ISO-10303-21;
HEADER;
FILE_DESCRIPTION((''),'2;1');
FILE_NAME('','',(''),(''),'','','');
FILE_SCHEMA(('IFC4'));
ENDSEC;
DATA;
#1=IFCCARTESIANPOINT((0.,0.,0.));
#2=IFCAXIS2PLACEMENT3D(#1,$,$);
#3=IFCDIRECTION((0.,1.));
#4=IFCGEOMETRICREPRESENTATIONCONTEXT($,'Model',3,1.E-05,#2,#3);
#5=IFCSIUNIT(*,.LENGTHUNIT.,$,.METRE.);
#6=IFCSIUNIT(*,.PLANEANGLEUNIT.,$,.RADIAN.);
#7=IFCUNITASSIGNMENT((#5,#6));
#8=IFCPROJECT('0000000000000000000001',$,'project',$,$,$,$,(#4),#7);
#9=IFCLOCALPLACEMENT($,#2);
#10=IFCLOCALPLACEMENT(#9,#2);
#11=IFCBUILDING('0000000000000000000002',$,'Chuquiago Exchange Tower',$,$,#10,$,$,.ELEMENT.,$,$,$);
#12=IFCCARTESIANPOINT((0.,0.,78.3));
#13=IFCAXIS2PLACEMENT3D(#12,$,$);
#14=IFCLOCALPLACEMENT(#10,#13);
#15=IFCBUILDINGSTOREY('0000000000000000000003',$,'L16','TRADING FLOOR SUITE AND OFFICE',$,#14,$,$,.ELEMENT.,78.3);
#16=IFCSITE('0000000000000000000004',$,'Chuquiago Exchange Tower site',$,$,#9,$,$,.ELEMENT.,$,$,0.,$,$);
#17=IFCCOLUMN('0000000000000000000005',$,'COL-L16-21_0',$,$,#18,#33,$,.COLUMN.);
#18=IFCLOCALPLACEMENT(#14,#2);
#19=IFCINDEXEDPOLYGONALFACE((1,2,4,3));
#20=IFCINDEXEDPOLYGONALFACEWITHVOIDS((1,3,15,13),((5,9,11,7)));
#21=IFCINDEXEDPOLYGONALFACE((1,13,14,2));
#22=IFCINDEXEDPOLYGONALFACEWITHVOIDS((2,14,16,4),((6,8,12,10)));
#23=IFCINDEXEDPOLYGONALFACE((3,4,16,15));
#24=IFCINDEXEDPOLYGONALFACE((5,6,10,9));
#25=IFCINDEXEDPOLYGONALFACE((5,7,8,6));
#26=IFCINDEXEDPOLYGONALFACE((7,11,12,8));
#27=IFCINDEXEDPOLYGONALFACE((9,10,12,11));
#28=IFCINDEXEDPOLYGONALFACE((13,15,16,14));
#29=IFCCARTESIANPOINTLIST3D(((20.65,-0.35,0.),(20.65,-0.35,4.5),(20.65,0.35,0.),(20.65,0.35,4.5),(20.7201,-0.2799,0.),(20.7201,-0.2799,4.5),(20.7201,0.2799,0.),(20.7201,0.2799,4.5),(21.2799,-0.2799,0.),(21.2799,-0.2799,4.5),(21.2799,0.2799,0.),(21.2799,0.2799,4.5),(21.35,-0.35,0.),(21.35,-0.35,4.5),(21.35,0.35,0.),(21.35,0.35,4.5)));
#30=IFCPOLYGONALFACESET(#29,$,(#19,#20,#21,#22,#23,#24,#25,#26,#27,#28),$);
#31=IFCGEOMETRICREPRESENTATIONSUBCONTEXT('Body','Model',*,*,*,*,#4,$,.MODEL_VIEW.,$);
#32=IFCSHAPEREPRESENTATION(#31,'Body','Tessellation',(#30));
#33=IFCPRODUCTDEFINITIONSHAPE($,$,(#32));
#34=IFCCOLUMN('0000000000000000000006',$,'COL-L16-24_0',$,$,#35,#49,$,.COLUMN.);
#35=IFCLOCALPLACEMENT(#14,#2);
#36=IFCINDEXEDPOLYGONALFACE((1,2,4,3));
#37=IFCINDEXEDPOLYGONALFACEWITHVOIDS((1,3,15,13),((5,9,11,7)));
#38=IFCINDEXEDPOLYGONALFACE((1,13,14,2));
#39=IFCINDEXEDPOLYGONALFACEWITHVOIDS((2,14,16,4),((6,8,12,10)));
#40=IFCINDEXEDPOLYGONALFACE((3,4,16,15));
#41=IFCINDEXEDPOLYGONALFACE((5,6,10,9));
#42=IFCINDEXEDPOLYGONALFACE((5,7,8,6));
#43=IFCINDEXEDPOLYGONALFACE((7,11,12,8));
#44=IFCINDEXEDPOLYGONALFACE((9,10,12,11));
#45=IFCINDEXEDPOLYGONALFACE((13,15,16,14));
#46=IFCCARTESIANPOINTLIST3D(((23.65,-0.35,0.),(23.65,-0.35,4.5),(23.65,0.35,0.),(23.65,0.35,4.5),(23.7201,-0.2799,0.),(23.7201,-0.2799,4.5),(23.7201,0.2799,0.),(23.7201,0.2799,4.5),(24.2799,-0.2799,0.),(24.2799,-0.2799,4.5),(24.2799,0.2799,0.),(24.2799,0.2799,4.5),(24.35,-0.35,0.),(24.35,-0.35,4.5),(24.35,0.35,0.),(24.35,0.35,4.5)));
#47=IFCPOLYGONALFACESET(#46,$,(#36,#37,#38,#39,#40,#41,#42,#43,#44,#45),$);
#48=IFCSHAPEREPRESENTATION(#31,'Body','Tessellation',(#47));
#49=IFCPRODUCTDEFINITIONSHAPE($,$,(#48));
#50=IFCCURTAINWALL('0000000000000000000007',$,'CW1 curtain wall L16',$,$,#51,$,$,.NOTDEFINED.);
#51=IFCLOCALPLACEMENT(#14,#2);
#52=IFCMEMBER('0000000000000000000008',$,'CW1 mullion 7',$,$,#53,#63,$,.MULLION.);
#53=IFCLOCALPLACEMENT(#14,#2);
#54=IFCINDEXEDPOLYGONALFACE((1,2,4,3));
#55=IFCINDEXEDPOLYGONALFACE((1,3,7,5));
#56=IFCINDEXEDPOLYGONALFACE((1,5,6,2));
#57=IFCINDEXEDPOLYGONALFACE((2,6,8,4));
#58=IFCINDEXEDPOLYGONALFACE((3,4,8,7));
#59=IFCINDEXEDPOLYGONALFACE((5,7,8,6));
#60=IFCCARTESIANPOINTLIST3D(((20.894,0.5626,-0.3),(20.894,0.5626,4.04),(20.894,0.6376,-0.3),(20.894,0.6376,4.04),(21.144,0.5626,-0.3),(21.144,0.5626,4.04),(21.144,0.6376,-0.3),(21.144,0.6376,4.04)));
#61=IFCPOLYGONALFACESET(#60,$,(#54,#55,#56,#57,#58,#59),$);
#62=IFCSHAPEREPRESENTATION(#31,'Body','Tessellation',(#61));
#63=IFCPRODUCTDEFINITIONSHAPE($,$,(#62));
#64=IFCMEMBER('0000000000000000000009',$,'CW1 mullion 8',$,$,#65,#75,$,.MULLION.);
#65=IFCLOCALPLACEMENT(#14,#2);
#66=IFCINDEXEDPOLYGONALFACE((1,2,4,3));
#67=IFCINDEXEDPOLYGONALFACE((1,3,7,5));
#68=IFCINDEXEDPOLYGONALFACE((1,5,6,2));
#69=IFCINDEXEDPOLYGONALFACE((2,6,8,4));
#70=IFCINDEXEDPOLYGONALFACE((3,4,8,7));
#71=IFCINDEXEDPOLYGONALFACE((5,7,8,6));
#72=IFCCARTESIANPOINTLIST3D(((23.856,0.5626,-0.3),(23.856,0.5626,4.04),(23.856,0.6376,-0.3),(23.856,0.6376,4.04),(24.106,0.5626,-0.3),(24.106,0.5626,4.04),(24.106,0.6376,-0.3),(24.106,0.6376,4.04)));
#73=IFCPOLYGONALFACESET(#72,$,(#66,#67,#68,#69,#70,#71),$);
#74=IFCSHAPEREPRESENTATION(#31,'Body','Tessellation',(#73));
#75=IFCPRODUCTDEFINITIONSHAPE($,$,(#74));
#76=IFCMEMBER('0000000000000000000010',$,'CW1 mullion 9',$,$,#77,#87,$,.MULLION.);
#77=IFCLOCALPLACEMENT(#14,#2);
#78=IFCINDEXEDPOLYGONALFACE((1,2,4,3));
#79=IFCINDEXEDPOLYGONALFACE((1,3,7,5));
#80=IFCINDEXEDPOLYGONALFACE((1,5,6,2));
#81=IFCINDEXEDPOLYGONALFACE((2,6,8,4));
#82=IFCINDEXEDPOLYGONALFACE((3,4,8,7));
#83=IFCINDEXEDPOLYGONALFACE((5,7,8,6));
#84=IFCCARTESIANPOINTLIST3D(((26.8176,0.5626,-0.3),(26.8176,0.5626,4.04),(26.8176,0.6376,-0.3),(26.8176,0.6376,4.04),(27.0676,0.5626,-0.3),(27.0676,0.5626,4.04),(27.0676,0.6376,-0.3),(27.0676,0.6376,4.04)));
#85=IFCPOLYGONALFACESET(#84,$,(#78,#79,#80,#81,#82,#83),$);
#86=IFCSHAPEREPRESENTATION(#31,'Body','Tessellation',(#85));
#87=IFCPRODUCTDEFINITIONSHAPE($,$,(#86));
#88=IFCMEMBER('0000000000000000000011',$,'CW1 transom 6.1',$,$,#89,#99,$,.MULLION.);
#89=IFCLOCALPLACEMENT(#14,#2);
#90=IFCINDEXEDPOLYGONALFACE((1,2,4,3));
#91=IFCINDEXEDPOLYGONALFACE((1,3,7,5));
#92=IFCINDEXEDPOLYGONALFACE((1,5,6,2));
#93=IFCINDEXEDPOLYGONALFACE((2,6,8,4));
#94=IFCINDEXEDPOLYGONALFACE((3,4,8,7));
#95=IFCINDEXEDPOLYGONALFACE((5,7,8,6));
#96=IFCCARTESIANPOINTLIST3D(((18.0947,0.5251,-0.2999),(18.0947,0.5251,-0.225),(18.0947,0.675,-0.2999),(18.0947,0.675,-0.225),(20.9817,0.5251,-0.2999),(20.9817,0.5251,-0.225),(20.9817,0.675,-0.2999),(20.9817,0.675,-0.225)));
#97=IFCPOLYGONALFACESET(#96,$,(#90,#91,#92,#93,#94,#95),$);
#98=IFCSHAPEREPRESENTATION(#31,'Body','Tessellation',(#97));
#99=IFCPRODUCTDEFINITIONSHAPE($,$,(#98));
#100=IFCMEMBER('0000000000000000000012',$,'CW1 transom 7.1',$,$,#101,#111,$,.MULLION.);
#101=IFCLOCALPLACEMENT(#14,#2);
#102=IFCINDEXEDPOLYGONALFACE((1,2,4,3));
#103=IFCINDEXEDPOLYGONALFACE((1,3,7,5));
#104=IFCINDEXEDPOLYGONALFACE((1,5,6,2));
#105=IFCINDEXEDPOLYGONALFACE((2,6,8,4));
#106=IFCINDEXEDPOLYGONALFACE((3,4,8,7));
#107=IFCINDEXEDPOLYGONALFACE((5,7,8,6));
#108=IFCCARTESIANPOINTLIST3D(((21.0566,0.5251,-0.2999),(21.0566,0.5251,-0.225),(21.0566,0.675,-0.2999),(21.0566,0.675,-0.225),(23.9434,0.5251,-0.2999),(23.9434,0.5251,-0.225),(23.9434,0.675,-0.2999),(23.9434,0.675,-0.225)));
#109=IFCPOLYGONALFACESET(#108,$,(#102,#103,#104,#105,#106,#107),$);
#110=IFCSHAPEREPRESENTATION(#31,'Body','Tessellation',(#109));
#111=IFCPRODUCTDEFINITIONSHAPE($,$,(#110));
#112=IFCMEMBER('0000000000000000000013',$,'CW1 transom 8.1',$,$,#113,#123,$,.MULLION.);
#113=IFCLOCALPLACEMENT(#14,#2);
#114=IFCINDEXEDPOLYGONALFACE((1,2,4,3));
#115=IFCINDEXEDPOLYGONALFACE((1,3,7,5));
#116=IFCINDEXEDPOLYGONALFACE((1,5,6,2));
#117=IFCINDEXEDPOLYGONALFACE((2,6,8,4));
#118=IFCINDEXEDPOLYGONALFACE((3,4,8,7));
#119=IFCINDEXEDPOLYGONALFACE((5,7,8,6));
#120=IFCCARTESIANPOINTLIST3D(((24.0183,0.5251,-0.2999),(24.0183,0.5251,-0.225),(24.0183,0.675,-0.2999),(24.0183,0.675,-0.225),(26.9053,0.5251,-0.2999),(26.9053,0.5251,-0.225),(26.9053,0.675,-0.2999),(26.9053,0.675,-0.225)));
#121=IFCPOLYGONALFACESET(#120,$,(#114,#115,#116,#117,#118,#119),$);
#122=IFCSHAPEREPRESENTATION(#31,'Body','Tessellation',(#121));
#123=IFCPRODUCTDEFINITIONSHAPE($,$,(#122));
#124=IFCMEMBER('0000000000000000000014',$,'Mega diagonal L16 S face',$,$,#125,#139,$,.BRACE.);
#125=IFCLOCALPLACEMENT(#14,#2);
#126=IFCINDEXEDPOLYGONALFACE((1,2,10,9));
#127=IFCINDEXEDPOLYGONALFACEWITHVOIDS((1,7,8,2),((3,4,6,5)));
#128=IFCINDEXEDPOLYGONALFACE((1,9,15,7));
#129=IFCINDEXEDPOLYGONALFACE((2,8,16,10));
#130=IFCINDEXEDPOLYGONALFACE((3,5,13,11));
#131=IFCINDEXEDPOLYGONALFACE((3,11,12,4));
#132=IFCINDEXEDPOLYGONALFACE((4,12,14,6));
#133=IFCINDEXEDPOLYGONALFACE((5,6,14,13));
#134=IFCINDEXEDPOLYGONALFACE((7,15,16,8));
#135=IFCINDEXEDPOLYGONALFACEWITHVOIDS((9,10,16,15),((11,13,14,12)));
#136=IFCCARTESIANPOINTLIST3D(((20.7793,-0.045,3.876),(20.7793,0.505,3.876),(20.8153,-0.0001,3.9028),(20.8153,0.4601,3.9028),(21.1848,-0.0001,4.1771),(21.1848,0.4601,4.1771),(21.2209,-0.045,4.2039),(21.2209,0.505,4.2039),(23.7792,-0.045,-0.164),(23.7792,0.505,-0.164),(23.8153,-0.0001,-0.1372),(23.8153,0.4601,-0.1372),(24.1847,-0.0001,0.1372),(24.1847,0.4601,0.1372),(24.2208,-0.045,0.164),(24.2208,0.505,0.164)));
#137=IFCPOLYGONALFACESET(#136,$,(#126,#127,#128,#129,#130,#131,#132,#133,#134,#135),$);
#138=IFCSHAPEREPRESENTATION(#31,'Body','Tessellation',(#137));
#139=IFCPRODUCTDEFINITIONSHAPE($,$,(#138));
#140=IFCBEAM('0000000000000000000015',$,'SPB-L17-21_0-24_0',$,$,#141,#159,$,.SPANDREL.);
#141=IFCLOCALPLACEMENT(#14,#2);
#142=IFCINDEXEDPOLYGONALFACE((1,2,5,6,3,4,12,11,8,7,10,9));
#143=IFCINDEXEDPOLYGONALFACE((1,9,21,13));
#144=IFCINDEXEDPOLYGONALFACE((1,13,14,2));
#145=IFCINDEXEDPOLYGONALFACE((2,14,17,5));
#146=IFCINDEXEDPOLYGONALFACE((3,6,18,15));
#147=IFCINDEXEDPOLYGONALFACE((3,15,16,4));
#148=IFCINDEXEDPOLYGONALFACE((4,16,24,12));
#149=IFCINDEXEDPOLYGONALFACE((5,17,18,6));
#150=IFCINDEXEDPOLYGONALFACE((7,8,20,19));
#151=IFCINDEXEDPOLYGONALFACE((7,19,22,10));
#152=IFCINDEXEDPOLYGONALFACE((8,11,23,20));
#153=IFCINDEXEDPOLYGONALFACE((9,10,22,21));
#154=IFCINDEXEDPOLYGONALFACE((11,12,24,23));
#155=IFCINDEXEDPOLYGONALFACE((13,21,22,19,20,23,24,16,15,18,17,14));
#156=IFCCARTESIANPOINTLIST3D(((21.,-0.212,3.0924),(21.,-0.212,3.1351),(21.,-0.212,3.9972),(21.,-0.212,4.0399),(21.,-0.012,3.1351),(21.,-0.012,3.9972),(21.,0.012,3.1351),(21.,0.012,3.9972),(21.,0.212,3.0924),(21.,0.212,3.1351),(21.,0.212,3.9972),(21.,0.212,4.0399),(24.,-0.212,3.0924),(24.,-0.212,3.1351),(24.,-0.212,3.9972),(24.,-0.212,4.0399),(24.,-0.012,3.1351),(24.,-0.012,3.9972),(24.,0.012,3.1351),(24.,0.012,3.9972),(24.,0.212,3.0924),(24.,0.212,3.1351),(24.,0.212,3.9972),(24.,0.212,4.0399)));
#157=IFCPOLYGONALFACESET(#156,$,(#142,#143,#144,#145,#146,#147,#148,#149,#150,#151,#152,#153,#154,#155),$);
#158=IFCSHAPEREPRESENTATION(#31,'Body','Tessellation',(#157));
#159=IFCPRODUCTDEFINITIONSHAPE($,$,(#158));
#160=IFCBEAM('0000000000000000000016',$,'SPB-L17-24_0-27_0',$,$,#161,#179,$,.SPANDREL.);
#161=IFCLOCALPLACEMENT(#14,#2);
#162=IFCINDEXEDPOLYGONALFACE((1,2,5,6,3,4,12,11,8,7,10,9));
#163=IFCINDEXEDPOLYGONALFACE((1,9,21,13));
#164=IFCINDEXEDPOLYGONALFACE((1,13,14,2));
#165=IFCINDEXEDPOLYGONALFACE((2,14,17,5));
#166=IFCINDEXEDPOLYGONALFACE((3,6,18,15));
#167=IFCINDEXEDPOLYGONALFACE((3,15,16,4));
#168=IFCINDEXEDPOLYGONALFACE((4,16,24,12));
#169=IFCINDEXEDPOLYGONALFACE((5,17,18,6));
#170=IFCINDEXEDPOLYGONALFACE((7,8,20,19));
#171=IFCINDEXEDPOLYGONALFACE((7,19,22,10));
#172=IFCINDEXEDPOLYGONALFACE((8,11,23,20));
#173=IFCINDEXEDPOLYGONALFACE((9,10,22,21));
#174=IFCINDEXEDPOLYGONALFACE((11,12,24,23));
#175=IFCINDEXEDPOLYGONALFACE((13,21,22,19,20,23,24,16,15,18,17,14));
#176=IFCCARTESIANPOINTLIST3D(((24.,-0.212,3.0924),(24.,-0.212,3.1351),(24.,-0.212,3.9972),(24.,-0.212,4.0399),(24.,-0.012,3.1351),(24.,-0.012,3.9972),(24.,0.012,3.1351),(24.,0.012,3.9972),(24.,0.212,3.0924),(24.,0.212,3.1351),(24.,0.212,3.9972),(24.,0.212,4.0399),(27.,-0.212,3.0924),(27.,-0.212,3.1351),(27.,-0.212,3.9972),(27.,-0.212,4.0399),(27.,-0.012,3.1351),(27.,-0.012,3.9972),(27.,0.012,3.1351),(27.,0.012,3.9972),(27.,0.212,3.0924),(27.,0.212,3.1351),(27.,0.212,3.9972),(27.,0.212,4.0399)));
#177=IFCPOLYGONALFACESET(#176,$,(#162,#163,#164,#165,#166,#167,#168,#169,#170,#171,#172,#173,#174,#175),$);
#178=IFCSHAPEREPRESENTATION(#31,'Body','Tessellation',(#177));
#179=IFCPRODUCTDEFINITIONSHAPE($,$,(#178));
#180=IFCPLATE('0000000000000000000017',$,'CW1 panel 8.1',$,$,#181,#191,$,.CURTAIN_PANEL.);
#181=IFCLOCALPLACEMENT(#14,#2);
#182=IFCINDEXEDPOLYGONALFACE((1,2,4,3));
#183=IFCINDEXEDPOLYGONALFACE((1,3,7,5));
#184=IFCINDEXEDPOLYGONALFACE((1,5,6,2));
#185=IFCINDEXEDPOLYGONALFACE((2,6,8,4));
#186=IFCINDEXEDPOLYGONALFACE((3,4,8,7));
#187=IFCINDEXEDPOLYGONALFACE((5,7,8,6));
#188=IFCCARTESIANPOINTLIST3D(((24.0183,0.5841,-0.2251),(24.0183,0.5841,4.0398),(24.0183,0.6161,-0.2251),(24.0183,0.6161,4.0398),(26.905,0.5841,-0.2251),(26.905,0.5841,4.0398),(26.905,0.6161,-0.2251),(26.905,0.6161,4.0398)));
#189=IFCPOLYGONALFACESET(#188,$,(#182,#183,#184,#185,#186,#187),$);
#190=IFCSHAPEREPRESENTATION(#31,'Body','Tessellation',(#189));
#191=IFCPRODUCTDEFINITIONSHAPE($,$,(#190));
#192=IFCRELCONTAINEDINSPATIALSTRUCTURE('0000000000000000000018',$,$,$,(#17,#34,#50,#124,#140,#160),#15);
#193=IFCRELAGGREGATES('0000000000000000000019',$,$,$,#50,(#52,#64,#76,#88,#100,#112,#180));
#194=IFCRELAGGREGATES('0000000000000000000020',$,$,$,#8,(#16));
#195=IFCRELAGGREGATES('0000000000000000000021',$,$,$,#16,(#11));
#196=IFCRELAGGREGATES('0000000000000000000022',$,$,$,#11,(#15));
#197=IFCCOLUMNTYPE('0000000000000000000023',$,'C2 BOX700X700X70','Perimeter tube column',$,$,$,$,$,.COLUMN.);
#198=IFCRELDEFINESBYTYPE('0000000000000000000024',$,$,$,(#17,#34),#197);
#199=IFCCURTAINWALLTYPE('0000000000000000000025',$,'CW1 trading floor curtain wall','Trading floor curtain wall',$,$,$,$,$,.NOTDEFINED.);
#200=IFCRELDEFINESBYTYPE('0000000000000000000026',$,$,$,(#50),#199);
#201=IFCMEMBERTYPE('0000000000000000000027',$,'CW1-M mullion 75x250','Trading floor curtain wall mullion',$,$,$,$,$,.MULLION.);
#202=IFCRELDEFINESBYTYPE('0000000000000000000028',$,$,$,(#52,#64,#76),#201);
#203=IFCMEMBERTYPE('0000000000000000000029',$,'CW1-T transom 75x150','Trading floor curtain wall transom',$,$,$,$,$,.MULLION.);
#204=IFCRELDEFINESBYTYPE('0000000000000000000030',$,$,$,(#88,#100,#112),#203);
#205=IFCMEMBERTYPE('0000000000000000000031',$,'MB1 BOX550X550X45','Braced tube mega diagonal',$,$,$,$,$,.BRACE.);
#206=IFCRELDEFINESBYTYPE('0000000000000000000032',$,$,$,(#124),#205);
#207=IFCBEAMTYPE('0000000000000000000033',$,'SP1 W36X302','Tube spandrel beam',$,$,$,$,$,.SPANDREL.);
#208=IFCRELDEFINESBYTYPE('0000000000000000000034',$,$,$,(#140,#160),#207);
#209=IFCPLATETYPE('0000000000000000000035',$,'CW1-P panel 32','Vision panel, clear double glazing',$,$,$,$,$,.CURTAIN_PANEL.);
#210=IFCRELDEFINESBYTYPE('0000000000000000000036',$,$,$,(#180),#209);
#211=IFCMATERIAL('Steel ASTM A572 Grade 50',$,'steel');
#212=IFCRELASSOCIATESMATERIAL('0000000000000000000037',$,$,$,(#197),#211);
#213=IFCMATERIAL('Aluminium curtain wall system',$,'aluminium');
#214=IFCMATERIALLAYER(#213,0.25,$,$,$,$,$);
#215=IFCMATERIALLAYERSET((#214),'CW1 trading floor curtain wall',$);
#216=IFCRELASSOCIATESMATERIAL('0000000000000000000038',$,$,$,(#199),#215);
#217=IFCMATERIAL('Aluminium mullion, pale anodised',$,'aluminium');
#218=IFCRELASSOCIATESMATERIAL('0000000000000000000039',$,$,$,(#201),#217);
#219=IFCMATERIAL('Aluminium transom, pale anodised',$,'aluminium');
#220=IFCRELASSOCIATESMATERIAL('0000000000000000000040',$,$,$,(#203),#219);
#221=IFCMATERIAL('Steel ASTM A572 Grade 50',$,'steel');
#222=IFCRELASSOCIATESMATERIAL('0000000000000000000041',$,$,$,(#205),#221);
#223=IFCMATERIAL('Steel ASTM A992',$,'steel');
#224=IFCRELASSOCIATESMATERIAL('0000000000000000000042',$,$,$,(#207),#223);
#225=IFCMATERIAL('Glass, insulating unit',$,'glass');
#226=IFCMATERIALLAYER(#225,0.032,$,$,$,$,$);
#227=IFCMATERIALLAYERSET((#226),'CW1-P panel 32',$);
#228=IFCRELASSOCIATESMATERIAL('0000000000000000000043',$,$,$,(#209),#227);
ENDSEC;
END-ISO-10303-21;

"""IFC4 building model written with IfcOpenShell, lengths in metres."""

from ifc_helpers import new_model, si_unit, direction, frame, origin, origin_2d, place, context, subcontext, project, spatial, rectangle, hollow_rectangle, i_section, extrude, material, layer, layer_set, material_profile, profile_set, type_object, element, aggregate, save


model = new_model("IFC4")

# Units and contexts
model_context = context("Model", 3, precision=1e-05, world=origin(), true_north=direction((0.0, 1.0)))
body_context = subcontext(model_context, "Body", "Model", "MODEL_VIEW")
ifc_project = project(units=[si_unit("LENGTHUNIT", "METRE"), si_unit("PLANEANGLEUNIT", "RADIAN")], contexts=[model_context])

# Site, building, storey
site_placement = place(None, origin())
site = spatial("IfcSite", under=ifc_project, at=site_placement, Name="Chuquiago Exchange Tower site", CompositionType="ELEMENT", RefElevation=0.0)
building_placement = place(site_placement, origin())
building = spatial("IfcBuilding", under=site, at=building_placement, Name="Chuquiago Exchange Tower", CompositionType="ELEMENT")
storey_placement = place(building_placement, frame((0.0, 0.0, 78.3)))
storey = spatial("IfcBuildingStorey", under=building, at=storey_placement, Name="L16", Description="TRADING FLOOR SUITE AND OFFICE", CompositionType="ELEMENT", Elevation=78.3)

# Columns
ifc_material_1 = material(Name="Steel ASTM A572 Grade 50", Category="steel")
ifc_material_profile_1 = material_profile(ifc_material_1, hollow_rectangle(XDim=0.7, YDim=0.7, WallThickness=0.0701, at=origin_2d()), Name="BOX700X700X70")
ifc_profile_set_1 = profile_set([ifc_material_profile_1], Name="Steel ASTM A572 Grade 50")
column_type = type_object("IfcColumnType", Name="C2 BOX700X700X70", Description="Perimeter tube column", PredefinedType="COLUMN", material=ifc_profile_set_1)
for number, where, z_axis, x_axis, name in (
    (1, (21.0, 0.0, 0.0), (0.0, 0.0, 1.0), (0.0, -1.0, 0.0), "COL-L16-21_0"),
    (2, (24.0, 0.0, 0.0), (0.0, 0.0, 1.0), (0.0, -1.0, 0.0), "COL-L16-24_0"),
):
    element("IfcColumn", number, at=place(storey_placement, frame(where, z_axis=z_axis, x_axis=x_axis)), inside=storey, type_object=column_type, Name=name, PredefinedType="COLUMN", context=body_context, shape_type="SweptSolid", body=[
        extrude(hollow_rectangle(XDim=0.7, YDim=0.7, WallThickness=0.0701, at=origin_2d()), origin(), (0.0, 0.0, 1.0), 4.5),
    ])

# Curtain wall, members
ifc_material_2 = material(Name="Aluminium curtain wall system", Category="aluminium")
ifc_layer_1 = layer(ifc_material_2, 0.25)
ifc_layer_set_1 = layer_set([ifc_layer_1], Name="CW1 trading floor curtain wall")
curtain_wall_type = type_object("IfcCurtainWallType", Name="CW1 trading floor curtain wall", Description="Trading floor curtain wall", PredefinedType="NOTDEFINED", material=ifc_layer_set_1)
curtain_wall_placement = place(storey_placement, origin())
curtain_wall = element("IfcCurtainWall", 3, at=curtain_wall_placement, inside=storey, type_object=curtain_wall_type, Name="CW1 curtain wall L16", PredefinedType="NOTDEFINED")
ifc_material_3 = material(Name="Aluminium mullion, pale anodised", Category="aluminium")
ifc_material_profile_2 = material_profile(ifc_material_3, rectangle(XDim=0.075, YDim=0.25, at=origin_2d()), Name="AL 75x250")
ifc_profile_set_2 = profile_set([ifc_material_profile_2], Name="Aluminium mullion, pale anodised")
member_type_1 = type_object("IfcMemberType", Name="CW1-M mullion 75x250", Description="Trading floor curtain wall mullion", PredefinedType="MULLION", material=ifc_profile_set_2)
member_1_placement = place(storey_placement, frame((21.019, 0.6001, -0.3), z_axis=(0.0, 0.0, 1.0), x_axis=(0.0, 1.0, 0.0)))
member_1 = element("IfcMember", 4, at=member_1_placement, type_object=member_type_1, Name="CW1 mullion 7", PredefinedType="MULLION", context=body_context, shape_type="SweptSolid", body=[
    extrude(rectangle(XDim=0.075, YDim=0.25, at=origin_2d()), origin(), (0.0, 0.0, 1.0), 4.3401),
])
member_2_placement = place(storey_placement, frame((23.981, 0.6001, -0.3), z_axis=(0.0, 0.0, 1.0), x_axis=(0.0, 1.0, 0.0)))
member_2 = element("IfcMember", 5, at=member_2_placement, type_object=member_type_1, Name="CW1 mullion 8", PredefinedType="MULLION", context=body_context, shape_type="SweptSolid", body=[
    extrude(rectangle(XDim=0.075, YDim=0.25, at=origin_2d()), origin(), (0.0, 0.0, 1.0), 4.3401),
])
member_3_placement = place(storey_placement, frame((26.9426, 0.6001, -0.3), z_axis=(0.0, 0.0, 1.0), x_axis=(0.0, 1.0, 0.0)))
member_3 = element("IfcMember", 6, at=member_3_placement, type_object=member_type_1, Name="CW1 mullion 9", PredefinedType="MULLION", context=body_context, shape_type="SweptSolid", body=[
    extrude(rectangle(XDim=0.075, YDim=0.25, at=origin_2d()), origin(), (0.0, 0.0, 1.0), 4.3401),
])
ifc_material_4 = material(Name="Aluminium transom, pale anodised", Category="aluminium")
ifc_material_profile_3 = material_profile(ifc_material_4, rectangle(XDim=0.1499, YDim=0.075, at=origin_2d()), Name="AL 150x75")
ifc_profile_set_3 = profile_set([ifc_material_profile_3], Name="Aluminium transom, pale anodised")
member_type_2 = type_object("IfcMemberType", Name="CW1-T transom 75x150", Description="Trading floor curtain wall transom", PredefinedType="MULLION", material=ifc_profile_set_3)
member_4_placement = place(storey_placement, frame((18.0947, 0.6001, -0.2625), z_axis=(1.0, 0.0, 0.0), x_axis=(0.0, 1.0, 0.0)))
member_4 = element("IfcMember", 7, at=member_4_placement, type_object=member_type_2, Name="CW1 transom 6.1", PredefinedType="MULLION", context=body_context, shape_type="SweptSolid", body=[
    extrude(rectangle(XDim=0.1499, YDim=0.075, at=origin_2d()), origin(), (0.0, 0.0, 1.0), 2.887),
])
member_5_placement = place(storey_placement, frame((21.0566, 0.6001, -0.2625), z_axis=(1.0, 0.0, 0.0), x_axis=(0.0, 1.0, 0.0)))
member_5 = element("IfcMember", 8, at=member_5_placement, type_object=member_type_2, Name="CW1 transom 7.1", PredefinedType="MULLION", context=body_context, shape_type="SweptSolid", body=[
    extrude(rectangle(XDim=0.1499, YDim=0.075, at=origin_2d()), origin(), (0.0, 0.0, 1.0), 2.8867),
])
member_6_placement = place(storey_placement, frame((24.0183, 0.6001, -0.2625), z_axis=(1.0, 0.0, 0.0), x_axis=(0.0, 1.0, 0.0)))
member_6 = element("IfcMember", 9, at=member_6_placement, type_object=member_type_2, Name="CW1 transom 8.1", PredefinedType="MULLION", context=body_context, shape_type="SweptSolid", body=[
    extrude(rectangle(XDim=0.1499, YDim=0.075, at=origin_2d()), origin(), (0.0, 0.0, 1.0), 2.887),
])

# Member
ifc_material_5 = material(Name="Steel ASTM A572 Grade 50", Category="steel")
ifc_material_profile_4 = material_profile(ifc_material_5, hollow_rectangle(XDim=0.55, YDim=0.55, WallThickness=0.0449, at=origin_2d()), Name="BOX550X550X45")
ifc_profile_set_4 = profile_set([ifc_material_profile_4], Name="Steel ASTM A572 Grade 50")
member_type_3 = type_object("IfcMemberType", Name="MB1 BOX550X550X45", Description="Braced tube mega diagonal", PredefinedType="BRACE", material=ifc_profile_set_4)
member_7_placement = place(storey_placement, frame((24.0, 0.23, 0.0), z_axis=(-0.596174, 0.0, 0.802855), x_axis=(0.0, -1.0, 0.0)))
element("IfcMember", 10, at=member_7_placement, inside=storey, type_object=member_type_3, Name="Mega diagonal L16 S face", PredefinedType="BRACE", context=body_context, shape_type="SweptSolid", body=[
    extrude(hollow_rectangle(XDim=0.55, YDim=0.55, WallThickness=0.0449, at=origin_2d()), origin(), (0.0, 0.0, 1.0), 5.032),
])

# Beams
ifc_material_6 = material(Name="Steel ASTM A992", Category="steel")
ifc_material_profile_5 = material_profile(ifc_material_6, i_section(OverallWidth=0.4241, OverallDepth=0.9475, WebThickness=0.0239, FlangeThickness=0.0427, at=origin_2d()), Name="W36X302")
ifc_profile_set_5 = profile_set([ifc_material_profile_5], Name="Steel ASTM A992")
beam_type = type_object("IfcBeamType", Name="SP1 W36X302", Description="Tube spandrel beam", PredefinedType="SPANDREL", material=ifc_profile_set_5)
for number, where, z_axis, x_axis, name in (
    (11, (21.0, 0.0, 3.5662), (1.0, 0.0, 0.0), (0.0, 1.0, 0.0), "SPB-L17-21_0-24_0"),
    (12, (24.0, 0.0, 3.5662), (1.0, 0.0, 0.0), (0.0, 1.0, 0.0), "SPB-L17-24_0-27_0"),
):
    element("IfcBeam", number, at=place(storey_placement, frame(where, z_axis=z_axis, x_axis=x_axis)), inside=storey, type_object=beam_type, Name=name, PredefinedType="SPANDREL", context=body_context, shape_type="SweptSolid", body=[
        extrude(i_section(OverallWidth=0.4241, OverallDepth=0.9475, WebThickness=0.0239, FlangeThickness=0.0427, at=origin_2d()), origin(), (0.0, 0.0, 1.0), 3.0),
    ])

# Plate
ifc_material_7 = material(Name="Glass, insulating unit", Category="glass")
ifc_layer_2 = layer(ifc_material_7, 0.032)
ifc_layer_set_2 = layer_set([ifc_layer_2], Name="CW1-P panel 32")
plate_type_1 = type_object("IfcPlateType", Name="CW1-P panel 32", Description="Vision panel, clear double glazing", PredefinedType="CURTAIN_PANEL", material=ifc_layer_set_2)
plate_1_placement = place(storey_placement, frame((25.4617, 0.6001, -0.2251), z_axis=(0.0, 0.0, 1.0), x_axis=(1.0, 0.0, 0.0)))
plate_1 = element("IfcPlate", 13, at=plate_1_placement, type_object=plate_type_1, Name="CW1 panel 8.1", PredefinedType="CURTAIN_PANEL", context=body_context, shape_type="SweptSolid", body=[
    extrude(rectangle(XDim=2.8867, YDim=0.032, at=origin_2d()), origin(), (0.0, 0.0, 1.0), 4.2649),
])
aggregate(curtain_wall, [member_1, member_2, member_3, member_4, member_5, member_6, plate_1])

save(model, "model.ifc")
